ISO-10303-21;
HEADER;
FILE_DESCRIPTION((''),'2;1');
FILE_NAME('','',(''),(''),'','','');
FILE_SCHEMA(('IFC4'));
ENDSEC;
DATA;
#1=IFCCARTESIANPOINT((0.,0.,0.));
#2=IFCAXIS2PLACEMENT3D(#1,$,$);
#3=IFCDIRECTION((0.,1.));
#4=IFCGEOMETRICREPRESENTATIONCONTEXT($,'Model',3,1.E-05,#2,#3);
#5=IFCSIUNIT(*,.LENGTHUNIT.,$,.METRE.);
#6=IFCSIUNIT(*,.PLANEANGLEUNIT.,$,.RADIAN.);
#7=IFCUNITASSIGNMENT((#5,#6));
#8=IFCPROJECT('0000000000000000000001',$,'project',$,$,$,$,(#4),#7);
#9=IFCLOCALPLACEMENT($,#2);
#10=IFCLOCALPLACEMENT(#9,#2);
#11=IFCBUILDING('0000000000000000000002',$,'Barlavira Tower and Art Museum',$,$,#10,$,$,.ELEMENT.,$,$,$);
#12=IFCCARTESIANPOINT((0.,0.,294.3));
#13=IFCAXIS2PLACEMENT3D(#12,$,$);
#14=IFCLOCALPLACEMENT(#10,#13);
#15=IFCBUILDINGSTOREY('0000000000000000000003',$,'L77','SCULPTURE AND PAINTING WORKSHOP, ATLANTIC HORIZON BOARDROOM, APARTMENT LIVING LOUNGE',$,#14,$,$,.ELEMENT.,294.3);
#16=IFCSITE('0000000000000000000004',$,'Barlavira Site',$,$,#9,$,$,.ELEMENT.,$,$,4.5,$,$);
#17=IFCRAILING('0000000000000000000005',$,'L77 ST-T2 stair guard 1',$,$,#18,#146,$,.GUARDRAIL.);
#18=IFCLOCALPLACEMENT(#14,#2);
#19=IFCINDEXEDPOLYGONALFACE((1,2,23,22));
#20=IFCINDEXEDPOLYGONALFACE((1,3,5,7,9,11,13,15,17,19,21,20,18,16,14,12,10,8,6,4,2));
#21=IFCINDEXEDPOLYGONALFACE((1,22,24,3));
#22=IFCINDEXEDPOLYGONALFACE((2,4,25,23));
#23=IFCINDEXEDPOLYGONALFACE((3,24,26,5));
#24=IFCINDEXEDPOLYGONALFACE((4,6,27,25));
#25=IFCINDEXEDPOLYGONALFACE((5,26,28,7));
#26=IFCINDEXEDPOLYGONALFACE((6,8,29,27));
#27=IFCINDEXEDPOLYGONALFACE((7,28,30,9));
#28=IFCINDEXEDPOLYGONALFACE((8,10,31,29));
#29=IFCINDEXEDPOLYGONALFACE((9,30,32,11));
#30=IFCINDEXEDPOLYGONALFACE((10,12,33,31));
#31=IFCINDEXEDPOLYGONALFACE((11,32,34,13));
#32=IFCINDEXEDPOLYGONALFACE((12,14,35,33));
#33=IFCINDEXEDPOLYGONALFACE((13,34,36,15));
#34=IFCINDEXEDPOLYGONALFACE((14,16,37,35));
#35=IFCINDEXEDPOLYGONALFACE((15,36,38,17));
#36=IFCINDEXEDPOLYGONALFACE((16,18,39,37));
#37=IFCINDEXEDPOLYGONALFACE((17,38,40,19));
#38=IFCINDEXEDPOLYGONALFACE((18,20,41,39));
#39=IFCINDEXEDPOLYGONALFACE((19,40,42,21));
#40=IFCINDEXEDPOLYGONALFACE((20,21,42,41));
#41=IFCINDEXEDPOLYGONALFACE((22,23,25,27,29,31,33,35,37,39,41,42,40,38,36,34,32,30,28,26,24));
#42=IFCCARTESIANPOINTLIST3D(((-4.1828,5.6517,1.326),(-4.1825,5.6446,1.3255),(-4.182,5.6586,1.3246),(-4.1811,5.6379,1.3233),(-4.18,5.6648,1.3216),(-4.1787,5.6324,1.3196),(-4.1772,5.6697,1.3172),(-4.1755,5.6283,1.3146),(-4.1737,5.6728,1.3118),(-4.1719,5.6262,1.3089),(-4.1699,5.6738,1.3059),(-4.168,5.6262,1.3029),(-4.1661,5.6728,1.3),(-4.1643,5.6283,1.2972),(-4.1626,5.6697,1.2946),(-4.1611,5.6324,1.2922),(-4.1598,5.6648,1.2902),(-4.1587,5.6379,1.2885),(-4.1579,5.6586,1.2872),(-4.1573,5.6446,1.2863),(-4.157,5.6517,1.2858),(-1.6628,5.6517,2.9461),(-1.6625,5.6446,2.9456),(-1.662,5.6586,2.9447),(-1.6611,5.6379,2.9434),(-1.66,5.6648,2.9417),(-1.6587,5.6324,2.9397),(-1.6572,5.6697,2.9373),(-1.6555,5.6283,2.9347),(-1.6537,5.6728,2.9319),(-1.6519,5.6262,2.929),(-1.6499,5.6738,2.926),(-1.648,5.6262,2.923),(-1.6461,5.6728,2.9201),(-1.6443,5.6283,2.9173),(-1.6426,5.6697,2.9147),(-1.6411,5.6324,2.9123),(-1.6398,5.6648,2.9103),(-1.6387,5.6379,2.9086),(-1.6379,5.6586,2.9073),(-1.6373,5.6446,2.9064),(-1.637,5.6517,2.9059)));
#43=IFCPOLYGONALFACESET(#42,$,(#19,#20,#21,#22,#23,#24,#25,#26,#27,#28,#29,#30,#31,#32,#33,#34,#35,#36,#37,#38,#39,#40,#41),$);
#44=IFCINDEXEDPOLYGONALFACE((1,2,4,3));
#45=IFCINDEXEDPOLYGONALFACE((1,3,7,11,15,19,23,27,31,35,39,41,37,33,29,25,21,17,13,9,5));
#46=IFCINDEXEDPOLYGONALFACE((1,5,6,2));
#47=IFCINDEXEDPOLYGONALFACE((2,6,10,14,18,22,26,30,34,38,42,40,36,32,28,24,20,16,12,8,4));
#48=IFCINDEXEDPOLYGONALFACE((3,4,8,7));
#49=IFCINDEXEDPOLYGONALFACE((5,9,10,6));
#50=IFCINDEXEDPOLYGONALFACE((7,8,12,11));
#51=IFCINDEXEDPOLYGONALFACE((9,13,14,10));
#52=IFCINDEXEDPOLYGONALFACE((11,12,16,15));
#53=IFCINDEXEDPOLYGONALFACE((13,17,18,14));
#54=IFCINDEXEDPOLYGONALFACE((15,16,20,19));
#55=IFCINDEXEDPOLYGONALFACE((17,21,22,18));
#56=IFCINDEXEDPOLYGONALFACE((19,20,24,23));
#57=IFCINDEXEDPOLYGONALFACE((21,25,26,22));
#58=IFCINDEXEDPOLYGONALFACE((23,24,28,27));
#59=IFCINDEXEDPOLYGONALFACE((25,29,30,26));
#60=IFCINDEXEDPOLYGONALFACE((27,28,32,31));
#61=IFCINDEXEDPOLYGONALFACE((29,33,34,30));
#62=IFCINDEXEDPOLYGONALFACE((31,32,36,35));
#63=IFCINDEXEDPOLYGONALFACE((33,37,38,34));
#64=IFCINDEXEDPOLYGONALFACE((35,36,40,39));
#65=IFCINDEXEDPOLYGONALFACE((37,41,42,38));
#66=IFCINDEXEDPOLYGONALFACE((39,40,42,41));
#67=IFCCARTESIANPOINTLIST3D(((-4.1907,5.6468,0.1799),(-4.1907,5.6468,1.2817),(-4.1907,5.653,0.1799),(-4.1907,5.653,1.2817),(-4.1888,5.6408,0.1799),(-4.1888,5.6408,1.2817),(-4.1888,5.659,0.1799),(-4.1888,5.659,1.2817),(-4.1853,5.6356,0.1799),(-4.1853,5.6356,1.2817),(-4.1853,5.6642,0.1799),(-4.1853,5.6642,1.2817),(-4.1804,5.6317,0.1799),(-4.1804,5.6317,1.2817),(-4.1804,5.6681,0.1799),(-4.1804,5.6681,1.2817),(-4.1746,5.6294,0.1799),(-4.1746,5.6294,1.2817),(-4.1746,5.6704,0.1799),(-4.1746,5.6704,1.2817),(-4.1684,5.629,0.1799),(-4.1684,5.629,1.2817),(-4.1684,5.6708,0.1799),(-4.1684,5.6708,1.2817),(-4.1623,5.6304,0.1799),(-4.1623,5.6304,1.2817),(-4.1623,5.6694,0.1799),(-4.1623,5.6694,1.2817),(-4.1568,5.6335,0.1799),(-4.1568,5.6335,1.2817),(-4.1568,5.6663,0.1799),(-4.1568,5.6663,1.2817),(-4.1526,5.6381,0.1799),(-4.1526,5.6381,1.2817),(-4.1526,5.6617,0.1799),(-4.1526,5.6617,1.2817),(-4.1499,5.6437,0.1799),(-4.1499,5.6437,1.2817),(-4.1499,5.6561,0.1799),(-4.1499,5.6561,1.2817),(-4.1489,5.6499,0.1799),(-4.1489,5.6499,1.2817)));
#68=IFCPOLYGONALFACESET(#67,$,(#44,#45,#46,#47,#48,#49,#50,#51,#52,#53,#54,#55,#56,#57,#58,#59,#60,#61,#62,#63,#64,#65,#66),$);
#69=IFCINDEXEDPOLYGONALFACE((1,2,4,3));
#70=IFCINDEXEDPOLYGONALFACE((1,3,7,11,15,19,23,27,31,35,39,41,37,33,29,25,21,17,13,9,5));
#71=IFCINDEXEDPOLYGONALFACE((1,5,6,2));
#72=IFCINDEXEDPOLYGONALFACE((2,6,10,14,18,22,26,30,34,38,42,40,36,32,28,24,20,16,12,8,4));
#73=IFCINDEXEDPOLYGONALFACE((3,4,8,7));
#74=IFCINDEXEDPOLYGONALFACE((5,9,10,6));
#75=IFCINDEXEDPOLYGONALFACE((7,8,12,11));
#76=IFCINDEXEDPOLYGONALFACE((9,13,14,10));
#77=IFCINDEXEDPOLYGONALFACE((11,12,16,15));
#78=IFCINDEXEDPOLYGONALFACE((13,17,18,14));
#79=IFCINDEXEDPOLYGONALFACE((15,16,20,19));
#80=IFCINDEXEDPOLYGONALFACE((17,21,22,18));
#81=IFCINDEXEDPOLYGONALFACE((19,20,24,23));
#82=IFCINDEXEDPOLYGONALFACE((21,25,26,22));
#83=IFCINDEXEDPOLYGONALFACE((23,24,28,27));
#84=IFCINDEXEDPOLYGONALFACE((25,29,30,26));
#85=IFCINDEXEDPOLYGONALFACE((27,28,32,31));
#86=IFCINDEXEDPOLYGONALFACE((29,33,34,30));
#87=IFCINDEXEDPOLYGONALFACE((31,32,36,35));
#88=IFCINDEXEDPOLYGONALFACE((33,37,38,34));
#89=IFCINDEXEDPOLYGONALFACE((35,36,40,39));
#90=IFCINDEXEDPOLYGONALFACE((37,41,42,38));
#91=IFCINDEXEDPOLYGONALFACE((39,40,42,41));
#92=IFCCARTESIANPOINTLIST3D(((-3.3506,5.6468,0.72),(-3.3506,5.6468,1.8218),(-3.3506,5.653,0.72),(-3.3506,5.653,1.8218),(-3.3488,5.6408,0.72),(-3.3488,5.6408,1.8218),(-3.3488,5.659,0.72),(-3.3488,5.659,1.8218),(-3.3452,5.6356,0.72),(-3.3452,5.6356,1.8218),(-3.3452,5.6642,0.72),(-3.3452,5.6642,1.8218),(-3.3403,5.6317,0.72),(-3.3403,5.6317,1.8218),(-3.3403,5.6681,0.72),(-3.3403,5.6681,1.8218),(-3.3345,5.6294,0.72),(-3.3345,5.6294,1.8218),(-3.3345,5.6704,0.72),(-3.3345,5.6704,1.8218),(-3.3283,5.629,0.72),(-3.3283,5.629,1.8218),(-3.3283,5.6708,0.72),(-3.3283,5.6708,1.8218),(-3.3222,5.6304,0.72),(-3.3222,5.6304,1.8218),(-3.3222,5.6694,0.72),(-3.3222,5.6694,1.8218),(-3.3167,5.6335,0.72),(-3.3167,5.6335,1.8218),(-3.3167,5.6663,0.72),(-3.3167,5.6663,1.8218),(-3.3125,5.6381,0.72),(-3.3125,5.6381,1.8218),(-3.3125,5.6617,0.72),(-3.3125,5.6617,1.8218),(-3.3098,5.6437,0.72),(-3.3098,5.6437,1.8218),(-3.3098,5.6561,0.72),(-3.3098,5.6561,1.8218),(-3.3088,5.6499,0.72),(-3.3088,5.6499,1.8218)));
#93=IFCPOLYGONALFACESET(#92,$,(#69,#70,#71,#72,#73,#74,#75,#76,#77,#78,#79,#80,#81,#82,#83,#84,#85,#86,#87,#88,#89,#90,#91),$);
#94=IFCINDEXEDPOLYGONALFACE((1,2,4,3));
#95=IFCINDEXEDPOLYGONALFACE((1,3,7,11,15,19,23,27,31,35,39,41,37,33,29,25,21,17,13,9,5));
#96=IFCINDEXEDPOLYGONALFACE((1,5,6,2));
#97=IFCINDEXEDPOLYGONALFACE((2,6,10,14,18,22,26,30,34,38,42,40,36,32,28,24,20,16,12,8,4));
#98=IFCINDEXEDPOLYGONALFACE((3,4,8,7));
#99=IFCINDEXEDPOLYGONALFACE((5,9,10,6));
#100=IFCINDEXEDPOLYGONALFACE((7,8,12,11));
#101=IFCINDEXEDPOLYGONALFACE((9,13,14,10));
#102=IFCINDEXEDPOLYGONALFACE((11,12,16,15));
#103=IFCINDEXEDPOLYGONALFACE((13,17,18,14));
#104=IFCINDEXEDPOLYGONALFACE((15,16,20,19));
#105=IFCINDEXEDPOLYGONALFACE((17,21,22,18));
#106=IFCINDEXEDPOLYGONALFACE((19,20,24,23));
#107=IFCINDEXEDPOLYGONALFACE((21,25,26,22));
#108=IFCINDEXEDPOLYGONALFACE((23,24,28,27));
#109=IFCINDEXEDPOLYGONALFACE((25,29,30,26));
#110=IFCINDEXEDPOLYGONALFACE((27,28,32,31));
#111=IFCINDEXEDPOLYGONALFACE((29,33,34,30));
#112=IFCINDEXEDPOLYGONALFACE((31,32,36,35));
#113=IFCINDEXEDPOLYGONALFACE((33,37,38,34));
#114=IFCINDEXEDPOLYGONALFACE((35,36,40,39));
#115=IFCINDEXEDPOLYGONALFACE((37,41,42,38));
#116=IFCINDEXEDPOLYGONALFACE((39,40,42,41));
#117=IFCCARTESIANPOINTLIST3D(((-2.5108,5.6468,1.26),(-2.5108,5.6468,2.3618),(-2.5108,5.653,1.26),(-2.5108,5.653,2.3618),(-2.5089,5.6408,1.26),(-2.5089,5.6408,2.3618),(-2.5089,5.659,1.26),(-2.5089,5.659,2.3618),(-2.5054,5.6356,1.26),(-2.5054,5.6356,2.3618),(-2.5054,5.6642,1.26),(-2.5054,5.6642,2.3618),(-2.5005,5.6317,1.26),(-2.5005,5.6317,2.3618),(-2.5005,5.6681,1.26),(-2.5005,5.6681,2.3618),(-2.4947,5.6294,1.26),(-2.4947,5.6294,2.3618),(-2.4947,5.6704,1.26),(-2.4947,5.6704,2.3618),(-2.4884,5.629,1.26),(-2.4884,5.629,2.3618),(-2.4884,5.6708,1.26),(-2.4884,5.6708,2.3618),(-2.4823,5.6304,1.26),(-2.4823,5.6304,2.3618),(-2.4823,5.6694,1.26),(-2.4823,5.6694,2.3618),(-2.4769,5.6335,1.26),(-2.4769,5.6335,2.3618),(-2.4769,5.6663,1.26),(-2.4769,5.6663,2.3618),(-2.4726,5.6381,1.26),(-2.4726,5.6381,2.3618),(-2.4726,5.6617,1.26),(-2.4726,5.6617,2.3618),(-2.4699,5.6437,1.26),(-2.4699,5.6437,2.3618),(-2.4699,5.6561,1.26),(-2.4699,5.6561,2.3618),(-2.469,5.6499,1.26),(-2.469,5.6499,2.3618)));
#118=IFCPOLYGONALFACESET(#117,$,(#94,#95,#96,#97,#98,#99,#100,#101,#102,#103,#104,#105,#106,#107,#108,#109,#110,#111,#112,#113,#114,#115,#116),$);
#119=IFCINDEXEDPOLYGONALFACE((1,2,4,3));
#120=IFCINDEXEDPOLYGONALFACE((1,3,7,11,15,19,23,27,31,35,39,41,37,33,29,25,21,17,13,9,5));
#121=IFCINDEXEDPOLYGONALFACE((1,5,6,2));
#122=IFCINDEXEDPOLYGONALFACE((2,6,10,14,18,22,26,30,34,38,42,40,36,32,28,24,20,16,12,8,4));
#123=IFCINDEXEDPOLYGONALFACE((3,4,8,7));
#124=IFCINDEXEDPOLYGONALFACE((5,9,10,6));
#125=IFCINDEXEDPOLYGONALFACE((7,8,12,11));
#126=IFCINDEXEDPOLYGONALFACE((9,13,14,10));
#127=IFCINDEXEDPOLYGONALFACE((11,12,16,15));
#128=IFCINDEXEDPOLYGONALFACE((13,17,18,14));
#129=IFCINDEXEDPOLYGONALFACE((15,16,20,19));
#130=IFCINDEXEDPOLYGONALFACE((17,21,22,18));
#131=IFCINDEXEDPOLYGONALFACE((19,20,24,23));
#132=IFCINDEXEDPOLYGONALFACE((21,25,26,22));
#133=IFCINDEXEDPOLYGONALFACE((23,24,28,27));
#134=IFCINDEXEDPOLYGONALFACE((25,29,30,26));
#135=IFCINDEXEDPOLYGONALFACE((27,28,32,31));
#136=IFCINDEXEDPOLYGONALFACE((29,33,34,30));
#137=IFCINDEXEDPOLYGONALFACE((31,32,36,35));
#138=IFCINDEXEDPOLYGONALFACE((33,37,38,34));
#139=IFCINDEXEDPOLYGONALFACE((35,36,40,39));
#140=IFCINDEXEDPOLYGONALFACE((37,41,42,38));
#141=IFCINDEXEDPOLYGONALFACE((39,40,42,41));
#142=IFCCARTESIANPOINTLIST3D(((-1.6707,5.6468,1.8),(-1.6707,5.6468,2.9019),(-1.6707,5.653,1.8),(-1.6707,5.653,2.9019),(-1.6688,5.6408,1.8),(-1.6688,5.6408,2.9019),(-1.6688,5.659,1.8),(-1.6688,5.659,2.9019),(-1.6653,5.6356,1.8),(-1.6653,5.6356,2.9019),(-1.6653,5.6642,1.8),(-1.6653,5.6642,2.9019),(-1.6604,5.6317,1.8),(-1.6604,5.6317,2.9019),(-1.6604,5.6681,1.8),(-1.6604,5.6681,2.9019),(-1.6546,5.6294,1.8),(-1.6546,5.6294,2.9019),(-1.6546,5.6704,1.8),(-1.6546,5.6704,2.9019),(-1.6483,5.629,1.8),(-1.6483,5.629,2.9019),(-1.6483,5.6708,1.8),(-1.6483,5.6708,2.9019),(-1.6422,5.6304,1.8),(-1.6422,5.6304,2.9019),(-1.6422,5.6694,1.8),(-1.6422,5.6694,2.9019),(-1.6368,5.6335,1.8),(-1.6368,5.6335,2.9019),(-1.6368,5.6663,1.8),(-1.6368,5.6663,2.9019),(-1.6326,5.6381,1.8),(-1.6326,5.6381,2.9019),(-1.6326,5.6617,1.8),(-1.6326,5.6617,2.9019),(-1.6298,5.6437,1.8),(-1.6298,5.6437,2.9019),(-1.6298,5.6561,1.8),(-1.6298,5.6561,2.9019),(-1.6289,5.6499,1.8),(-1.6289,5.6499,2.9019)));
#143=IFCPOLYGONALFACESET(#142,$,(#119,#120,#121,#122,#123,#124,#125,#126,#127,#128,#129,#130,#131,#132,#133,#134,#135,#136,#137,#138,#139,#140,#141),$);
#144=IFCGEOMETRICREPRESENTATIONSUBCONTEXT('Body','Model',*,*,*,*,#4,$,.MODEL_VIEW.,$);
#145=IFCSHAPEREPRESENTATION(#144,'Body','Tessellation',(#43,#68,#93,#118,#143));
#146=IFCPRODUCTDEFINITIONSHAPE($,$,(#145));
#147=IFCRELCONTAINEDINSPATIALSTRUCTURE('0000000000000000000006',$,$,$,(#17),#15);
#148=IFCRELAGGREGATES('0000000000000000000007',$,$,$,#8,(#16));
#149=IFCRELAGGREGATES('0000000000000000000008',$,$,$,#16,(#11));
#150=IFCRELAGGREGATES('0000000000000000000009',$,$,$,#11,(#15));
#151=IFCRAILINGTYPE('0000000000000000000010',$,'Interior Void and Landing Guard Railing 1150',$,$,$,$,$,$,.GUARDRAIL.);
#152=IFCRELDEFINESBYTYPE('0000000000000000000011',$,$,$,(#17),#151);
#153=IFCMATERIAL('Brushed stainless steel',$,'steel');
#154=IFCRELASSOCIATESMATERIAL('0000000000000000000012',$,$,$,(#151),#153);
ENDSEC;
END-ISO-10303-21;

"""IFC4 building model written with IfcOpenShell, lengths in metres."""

from ifc_helpers import new_model, si_unit, direction, frame, origin, origin_2d, place, context, subcontext, project, spatial, circle, extrude, material, type_object, element, save


model = new_model("IFC4")

# Units and contexts
model_context = context("Model", 3, precision=1e-05, world=origin(), true_north=direction((0.0, 1.0)))
body_context = subcontext(model_context, "Body", "Model", "MODEL_VIEW")
ifc_project = project(units=[si_unit("LENGTHUNIT", "METRE"), si_unit("PLANEANGLEUNIT", "RADIAN")], contexts=[model_context])

# Site, building, storey
site_placement = place(None, origin())
site = spatial("IfcSite", under=ifc_project, at=site_placement, Name="Barlavira Site", CompositionType="ELEMENT", RefElevation=4.5)
building_placement = place(site_placement, origin())
building = spatial("IfcBuilding", under=site, at=building_placement, Name="Barlavira Tower and Art Museum", CompositionType="ELEMENT")
storey_placement = place(building_placement, frame((0.0, 0.0, 294.3)))
storey = spatial("IfcBuildingStorey", under=building, at=storey_placement, Name="L77", Description="SCULPTURE AND PAINTING WORKSHOP, ATLANTIC HORIZON BOARDROOM, APARTMENT LIVING LOUNGE", CompositionType="ELEMENT", Elevation=294.3)

# Shared definitions
ifc_material_1 = material(Name="Brushed stainless steel", Category="steel")

# Railing
railing_type_1 = type_object("IfcRailingType", Name="Interior Void and Landing Guard Railing 1150", PredefinedType="GUARDRAIL", material=ifc_material_1)
railing_1_placement = place(storey_placement, frame((-4.1699, 5.6499, 0.1799)))
element("IfcRailing", 1, at=railing_1_placement, inside=storey, type_object=railing_type_1, Name="L77 ST-T2 stair guard 1", PredefinedType="GUARDRAIL", context=body_context, shape_type="SweptSolid", body=[
    extrude(circle(Radius=0.0239, at=origin_2d()), frame((0.0, 0.0, 1.126), z_axis=(0.841163, 0.0, 0.540782), x_axis=(0.0, 1.0, 0.0)), (0.0, 0.0, 1.0), 2.9958),
    extrude(circle(Radius=0.021, at=origin_2d()), origin(), (0.0, 0.0, 1.0), 1.1018),
    extrude(circle(Radius=0.021, at=origin_2d()), frame((0.8401, 0.0, 0.54)), (0.0, 0.0, 1.0), 1.1018),
    extrude(circle(Radius=0.021, at=origin_2d()), frame((1.6799, 0.0, 1.0801)), (0.0, 0.0, 1.0), 1.1018),
    extrude(circle(Radius=0.021, at=origin_2d()), frame((2.52, 0.0, 1.6201)), (0.0, 0.0, 1.0), 1.1018),
])

save(model, "model.ifc")
